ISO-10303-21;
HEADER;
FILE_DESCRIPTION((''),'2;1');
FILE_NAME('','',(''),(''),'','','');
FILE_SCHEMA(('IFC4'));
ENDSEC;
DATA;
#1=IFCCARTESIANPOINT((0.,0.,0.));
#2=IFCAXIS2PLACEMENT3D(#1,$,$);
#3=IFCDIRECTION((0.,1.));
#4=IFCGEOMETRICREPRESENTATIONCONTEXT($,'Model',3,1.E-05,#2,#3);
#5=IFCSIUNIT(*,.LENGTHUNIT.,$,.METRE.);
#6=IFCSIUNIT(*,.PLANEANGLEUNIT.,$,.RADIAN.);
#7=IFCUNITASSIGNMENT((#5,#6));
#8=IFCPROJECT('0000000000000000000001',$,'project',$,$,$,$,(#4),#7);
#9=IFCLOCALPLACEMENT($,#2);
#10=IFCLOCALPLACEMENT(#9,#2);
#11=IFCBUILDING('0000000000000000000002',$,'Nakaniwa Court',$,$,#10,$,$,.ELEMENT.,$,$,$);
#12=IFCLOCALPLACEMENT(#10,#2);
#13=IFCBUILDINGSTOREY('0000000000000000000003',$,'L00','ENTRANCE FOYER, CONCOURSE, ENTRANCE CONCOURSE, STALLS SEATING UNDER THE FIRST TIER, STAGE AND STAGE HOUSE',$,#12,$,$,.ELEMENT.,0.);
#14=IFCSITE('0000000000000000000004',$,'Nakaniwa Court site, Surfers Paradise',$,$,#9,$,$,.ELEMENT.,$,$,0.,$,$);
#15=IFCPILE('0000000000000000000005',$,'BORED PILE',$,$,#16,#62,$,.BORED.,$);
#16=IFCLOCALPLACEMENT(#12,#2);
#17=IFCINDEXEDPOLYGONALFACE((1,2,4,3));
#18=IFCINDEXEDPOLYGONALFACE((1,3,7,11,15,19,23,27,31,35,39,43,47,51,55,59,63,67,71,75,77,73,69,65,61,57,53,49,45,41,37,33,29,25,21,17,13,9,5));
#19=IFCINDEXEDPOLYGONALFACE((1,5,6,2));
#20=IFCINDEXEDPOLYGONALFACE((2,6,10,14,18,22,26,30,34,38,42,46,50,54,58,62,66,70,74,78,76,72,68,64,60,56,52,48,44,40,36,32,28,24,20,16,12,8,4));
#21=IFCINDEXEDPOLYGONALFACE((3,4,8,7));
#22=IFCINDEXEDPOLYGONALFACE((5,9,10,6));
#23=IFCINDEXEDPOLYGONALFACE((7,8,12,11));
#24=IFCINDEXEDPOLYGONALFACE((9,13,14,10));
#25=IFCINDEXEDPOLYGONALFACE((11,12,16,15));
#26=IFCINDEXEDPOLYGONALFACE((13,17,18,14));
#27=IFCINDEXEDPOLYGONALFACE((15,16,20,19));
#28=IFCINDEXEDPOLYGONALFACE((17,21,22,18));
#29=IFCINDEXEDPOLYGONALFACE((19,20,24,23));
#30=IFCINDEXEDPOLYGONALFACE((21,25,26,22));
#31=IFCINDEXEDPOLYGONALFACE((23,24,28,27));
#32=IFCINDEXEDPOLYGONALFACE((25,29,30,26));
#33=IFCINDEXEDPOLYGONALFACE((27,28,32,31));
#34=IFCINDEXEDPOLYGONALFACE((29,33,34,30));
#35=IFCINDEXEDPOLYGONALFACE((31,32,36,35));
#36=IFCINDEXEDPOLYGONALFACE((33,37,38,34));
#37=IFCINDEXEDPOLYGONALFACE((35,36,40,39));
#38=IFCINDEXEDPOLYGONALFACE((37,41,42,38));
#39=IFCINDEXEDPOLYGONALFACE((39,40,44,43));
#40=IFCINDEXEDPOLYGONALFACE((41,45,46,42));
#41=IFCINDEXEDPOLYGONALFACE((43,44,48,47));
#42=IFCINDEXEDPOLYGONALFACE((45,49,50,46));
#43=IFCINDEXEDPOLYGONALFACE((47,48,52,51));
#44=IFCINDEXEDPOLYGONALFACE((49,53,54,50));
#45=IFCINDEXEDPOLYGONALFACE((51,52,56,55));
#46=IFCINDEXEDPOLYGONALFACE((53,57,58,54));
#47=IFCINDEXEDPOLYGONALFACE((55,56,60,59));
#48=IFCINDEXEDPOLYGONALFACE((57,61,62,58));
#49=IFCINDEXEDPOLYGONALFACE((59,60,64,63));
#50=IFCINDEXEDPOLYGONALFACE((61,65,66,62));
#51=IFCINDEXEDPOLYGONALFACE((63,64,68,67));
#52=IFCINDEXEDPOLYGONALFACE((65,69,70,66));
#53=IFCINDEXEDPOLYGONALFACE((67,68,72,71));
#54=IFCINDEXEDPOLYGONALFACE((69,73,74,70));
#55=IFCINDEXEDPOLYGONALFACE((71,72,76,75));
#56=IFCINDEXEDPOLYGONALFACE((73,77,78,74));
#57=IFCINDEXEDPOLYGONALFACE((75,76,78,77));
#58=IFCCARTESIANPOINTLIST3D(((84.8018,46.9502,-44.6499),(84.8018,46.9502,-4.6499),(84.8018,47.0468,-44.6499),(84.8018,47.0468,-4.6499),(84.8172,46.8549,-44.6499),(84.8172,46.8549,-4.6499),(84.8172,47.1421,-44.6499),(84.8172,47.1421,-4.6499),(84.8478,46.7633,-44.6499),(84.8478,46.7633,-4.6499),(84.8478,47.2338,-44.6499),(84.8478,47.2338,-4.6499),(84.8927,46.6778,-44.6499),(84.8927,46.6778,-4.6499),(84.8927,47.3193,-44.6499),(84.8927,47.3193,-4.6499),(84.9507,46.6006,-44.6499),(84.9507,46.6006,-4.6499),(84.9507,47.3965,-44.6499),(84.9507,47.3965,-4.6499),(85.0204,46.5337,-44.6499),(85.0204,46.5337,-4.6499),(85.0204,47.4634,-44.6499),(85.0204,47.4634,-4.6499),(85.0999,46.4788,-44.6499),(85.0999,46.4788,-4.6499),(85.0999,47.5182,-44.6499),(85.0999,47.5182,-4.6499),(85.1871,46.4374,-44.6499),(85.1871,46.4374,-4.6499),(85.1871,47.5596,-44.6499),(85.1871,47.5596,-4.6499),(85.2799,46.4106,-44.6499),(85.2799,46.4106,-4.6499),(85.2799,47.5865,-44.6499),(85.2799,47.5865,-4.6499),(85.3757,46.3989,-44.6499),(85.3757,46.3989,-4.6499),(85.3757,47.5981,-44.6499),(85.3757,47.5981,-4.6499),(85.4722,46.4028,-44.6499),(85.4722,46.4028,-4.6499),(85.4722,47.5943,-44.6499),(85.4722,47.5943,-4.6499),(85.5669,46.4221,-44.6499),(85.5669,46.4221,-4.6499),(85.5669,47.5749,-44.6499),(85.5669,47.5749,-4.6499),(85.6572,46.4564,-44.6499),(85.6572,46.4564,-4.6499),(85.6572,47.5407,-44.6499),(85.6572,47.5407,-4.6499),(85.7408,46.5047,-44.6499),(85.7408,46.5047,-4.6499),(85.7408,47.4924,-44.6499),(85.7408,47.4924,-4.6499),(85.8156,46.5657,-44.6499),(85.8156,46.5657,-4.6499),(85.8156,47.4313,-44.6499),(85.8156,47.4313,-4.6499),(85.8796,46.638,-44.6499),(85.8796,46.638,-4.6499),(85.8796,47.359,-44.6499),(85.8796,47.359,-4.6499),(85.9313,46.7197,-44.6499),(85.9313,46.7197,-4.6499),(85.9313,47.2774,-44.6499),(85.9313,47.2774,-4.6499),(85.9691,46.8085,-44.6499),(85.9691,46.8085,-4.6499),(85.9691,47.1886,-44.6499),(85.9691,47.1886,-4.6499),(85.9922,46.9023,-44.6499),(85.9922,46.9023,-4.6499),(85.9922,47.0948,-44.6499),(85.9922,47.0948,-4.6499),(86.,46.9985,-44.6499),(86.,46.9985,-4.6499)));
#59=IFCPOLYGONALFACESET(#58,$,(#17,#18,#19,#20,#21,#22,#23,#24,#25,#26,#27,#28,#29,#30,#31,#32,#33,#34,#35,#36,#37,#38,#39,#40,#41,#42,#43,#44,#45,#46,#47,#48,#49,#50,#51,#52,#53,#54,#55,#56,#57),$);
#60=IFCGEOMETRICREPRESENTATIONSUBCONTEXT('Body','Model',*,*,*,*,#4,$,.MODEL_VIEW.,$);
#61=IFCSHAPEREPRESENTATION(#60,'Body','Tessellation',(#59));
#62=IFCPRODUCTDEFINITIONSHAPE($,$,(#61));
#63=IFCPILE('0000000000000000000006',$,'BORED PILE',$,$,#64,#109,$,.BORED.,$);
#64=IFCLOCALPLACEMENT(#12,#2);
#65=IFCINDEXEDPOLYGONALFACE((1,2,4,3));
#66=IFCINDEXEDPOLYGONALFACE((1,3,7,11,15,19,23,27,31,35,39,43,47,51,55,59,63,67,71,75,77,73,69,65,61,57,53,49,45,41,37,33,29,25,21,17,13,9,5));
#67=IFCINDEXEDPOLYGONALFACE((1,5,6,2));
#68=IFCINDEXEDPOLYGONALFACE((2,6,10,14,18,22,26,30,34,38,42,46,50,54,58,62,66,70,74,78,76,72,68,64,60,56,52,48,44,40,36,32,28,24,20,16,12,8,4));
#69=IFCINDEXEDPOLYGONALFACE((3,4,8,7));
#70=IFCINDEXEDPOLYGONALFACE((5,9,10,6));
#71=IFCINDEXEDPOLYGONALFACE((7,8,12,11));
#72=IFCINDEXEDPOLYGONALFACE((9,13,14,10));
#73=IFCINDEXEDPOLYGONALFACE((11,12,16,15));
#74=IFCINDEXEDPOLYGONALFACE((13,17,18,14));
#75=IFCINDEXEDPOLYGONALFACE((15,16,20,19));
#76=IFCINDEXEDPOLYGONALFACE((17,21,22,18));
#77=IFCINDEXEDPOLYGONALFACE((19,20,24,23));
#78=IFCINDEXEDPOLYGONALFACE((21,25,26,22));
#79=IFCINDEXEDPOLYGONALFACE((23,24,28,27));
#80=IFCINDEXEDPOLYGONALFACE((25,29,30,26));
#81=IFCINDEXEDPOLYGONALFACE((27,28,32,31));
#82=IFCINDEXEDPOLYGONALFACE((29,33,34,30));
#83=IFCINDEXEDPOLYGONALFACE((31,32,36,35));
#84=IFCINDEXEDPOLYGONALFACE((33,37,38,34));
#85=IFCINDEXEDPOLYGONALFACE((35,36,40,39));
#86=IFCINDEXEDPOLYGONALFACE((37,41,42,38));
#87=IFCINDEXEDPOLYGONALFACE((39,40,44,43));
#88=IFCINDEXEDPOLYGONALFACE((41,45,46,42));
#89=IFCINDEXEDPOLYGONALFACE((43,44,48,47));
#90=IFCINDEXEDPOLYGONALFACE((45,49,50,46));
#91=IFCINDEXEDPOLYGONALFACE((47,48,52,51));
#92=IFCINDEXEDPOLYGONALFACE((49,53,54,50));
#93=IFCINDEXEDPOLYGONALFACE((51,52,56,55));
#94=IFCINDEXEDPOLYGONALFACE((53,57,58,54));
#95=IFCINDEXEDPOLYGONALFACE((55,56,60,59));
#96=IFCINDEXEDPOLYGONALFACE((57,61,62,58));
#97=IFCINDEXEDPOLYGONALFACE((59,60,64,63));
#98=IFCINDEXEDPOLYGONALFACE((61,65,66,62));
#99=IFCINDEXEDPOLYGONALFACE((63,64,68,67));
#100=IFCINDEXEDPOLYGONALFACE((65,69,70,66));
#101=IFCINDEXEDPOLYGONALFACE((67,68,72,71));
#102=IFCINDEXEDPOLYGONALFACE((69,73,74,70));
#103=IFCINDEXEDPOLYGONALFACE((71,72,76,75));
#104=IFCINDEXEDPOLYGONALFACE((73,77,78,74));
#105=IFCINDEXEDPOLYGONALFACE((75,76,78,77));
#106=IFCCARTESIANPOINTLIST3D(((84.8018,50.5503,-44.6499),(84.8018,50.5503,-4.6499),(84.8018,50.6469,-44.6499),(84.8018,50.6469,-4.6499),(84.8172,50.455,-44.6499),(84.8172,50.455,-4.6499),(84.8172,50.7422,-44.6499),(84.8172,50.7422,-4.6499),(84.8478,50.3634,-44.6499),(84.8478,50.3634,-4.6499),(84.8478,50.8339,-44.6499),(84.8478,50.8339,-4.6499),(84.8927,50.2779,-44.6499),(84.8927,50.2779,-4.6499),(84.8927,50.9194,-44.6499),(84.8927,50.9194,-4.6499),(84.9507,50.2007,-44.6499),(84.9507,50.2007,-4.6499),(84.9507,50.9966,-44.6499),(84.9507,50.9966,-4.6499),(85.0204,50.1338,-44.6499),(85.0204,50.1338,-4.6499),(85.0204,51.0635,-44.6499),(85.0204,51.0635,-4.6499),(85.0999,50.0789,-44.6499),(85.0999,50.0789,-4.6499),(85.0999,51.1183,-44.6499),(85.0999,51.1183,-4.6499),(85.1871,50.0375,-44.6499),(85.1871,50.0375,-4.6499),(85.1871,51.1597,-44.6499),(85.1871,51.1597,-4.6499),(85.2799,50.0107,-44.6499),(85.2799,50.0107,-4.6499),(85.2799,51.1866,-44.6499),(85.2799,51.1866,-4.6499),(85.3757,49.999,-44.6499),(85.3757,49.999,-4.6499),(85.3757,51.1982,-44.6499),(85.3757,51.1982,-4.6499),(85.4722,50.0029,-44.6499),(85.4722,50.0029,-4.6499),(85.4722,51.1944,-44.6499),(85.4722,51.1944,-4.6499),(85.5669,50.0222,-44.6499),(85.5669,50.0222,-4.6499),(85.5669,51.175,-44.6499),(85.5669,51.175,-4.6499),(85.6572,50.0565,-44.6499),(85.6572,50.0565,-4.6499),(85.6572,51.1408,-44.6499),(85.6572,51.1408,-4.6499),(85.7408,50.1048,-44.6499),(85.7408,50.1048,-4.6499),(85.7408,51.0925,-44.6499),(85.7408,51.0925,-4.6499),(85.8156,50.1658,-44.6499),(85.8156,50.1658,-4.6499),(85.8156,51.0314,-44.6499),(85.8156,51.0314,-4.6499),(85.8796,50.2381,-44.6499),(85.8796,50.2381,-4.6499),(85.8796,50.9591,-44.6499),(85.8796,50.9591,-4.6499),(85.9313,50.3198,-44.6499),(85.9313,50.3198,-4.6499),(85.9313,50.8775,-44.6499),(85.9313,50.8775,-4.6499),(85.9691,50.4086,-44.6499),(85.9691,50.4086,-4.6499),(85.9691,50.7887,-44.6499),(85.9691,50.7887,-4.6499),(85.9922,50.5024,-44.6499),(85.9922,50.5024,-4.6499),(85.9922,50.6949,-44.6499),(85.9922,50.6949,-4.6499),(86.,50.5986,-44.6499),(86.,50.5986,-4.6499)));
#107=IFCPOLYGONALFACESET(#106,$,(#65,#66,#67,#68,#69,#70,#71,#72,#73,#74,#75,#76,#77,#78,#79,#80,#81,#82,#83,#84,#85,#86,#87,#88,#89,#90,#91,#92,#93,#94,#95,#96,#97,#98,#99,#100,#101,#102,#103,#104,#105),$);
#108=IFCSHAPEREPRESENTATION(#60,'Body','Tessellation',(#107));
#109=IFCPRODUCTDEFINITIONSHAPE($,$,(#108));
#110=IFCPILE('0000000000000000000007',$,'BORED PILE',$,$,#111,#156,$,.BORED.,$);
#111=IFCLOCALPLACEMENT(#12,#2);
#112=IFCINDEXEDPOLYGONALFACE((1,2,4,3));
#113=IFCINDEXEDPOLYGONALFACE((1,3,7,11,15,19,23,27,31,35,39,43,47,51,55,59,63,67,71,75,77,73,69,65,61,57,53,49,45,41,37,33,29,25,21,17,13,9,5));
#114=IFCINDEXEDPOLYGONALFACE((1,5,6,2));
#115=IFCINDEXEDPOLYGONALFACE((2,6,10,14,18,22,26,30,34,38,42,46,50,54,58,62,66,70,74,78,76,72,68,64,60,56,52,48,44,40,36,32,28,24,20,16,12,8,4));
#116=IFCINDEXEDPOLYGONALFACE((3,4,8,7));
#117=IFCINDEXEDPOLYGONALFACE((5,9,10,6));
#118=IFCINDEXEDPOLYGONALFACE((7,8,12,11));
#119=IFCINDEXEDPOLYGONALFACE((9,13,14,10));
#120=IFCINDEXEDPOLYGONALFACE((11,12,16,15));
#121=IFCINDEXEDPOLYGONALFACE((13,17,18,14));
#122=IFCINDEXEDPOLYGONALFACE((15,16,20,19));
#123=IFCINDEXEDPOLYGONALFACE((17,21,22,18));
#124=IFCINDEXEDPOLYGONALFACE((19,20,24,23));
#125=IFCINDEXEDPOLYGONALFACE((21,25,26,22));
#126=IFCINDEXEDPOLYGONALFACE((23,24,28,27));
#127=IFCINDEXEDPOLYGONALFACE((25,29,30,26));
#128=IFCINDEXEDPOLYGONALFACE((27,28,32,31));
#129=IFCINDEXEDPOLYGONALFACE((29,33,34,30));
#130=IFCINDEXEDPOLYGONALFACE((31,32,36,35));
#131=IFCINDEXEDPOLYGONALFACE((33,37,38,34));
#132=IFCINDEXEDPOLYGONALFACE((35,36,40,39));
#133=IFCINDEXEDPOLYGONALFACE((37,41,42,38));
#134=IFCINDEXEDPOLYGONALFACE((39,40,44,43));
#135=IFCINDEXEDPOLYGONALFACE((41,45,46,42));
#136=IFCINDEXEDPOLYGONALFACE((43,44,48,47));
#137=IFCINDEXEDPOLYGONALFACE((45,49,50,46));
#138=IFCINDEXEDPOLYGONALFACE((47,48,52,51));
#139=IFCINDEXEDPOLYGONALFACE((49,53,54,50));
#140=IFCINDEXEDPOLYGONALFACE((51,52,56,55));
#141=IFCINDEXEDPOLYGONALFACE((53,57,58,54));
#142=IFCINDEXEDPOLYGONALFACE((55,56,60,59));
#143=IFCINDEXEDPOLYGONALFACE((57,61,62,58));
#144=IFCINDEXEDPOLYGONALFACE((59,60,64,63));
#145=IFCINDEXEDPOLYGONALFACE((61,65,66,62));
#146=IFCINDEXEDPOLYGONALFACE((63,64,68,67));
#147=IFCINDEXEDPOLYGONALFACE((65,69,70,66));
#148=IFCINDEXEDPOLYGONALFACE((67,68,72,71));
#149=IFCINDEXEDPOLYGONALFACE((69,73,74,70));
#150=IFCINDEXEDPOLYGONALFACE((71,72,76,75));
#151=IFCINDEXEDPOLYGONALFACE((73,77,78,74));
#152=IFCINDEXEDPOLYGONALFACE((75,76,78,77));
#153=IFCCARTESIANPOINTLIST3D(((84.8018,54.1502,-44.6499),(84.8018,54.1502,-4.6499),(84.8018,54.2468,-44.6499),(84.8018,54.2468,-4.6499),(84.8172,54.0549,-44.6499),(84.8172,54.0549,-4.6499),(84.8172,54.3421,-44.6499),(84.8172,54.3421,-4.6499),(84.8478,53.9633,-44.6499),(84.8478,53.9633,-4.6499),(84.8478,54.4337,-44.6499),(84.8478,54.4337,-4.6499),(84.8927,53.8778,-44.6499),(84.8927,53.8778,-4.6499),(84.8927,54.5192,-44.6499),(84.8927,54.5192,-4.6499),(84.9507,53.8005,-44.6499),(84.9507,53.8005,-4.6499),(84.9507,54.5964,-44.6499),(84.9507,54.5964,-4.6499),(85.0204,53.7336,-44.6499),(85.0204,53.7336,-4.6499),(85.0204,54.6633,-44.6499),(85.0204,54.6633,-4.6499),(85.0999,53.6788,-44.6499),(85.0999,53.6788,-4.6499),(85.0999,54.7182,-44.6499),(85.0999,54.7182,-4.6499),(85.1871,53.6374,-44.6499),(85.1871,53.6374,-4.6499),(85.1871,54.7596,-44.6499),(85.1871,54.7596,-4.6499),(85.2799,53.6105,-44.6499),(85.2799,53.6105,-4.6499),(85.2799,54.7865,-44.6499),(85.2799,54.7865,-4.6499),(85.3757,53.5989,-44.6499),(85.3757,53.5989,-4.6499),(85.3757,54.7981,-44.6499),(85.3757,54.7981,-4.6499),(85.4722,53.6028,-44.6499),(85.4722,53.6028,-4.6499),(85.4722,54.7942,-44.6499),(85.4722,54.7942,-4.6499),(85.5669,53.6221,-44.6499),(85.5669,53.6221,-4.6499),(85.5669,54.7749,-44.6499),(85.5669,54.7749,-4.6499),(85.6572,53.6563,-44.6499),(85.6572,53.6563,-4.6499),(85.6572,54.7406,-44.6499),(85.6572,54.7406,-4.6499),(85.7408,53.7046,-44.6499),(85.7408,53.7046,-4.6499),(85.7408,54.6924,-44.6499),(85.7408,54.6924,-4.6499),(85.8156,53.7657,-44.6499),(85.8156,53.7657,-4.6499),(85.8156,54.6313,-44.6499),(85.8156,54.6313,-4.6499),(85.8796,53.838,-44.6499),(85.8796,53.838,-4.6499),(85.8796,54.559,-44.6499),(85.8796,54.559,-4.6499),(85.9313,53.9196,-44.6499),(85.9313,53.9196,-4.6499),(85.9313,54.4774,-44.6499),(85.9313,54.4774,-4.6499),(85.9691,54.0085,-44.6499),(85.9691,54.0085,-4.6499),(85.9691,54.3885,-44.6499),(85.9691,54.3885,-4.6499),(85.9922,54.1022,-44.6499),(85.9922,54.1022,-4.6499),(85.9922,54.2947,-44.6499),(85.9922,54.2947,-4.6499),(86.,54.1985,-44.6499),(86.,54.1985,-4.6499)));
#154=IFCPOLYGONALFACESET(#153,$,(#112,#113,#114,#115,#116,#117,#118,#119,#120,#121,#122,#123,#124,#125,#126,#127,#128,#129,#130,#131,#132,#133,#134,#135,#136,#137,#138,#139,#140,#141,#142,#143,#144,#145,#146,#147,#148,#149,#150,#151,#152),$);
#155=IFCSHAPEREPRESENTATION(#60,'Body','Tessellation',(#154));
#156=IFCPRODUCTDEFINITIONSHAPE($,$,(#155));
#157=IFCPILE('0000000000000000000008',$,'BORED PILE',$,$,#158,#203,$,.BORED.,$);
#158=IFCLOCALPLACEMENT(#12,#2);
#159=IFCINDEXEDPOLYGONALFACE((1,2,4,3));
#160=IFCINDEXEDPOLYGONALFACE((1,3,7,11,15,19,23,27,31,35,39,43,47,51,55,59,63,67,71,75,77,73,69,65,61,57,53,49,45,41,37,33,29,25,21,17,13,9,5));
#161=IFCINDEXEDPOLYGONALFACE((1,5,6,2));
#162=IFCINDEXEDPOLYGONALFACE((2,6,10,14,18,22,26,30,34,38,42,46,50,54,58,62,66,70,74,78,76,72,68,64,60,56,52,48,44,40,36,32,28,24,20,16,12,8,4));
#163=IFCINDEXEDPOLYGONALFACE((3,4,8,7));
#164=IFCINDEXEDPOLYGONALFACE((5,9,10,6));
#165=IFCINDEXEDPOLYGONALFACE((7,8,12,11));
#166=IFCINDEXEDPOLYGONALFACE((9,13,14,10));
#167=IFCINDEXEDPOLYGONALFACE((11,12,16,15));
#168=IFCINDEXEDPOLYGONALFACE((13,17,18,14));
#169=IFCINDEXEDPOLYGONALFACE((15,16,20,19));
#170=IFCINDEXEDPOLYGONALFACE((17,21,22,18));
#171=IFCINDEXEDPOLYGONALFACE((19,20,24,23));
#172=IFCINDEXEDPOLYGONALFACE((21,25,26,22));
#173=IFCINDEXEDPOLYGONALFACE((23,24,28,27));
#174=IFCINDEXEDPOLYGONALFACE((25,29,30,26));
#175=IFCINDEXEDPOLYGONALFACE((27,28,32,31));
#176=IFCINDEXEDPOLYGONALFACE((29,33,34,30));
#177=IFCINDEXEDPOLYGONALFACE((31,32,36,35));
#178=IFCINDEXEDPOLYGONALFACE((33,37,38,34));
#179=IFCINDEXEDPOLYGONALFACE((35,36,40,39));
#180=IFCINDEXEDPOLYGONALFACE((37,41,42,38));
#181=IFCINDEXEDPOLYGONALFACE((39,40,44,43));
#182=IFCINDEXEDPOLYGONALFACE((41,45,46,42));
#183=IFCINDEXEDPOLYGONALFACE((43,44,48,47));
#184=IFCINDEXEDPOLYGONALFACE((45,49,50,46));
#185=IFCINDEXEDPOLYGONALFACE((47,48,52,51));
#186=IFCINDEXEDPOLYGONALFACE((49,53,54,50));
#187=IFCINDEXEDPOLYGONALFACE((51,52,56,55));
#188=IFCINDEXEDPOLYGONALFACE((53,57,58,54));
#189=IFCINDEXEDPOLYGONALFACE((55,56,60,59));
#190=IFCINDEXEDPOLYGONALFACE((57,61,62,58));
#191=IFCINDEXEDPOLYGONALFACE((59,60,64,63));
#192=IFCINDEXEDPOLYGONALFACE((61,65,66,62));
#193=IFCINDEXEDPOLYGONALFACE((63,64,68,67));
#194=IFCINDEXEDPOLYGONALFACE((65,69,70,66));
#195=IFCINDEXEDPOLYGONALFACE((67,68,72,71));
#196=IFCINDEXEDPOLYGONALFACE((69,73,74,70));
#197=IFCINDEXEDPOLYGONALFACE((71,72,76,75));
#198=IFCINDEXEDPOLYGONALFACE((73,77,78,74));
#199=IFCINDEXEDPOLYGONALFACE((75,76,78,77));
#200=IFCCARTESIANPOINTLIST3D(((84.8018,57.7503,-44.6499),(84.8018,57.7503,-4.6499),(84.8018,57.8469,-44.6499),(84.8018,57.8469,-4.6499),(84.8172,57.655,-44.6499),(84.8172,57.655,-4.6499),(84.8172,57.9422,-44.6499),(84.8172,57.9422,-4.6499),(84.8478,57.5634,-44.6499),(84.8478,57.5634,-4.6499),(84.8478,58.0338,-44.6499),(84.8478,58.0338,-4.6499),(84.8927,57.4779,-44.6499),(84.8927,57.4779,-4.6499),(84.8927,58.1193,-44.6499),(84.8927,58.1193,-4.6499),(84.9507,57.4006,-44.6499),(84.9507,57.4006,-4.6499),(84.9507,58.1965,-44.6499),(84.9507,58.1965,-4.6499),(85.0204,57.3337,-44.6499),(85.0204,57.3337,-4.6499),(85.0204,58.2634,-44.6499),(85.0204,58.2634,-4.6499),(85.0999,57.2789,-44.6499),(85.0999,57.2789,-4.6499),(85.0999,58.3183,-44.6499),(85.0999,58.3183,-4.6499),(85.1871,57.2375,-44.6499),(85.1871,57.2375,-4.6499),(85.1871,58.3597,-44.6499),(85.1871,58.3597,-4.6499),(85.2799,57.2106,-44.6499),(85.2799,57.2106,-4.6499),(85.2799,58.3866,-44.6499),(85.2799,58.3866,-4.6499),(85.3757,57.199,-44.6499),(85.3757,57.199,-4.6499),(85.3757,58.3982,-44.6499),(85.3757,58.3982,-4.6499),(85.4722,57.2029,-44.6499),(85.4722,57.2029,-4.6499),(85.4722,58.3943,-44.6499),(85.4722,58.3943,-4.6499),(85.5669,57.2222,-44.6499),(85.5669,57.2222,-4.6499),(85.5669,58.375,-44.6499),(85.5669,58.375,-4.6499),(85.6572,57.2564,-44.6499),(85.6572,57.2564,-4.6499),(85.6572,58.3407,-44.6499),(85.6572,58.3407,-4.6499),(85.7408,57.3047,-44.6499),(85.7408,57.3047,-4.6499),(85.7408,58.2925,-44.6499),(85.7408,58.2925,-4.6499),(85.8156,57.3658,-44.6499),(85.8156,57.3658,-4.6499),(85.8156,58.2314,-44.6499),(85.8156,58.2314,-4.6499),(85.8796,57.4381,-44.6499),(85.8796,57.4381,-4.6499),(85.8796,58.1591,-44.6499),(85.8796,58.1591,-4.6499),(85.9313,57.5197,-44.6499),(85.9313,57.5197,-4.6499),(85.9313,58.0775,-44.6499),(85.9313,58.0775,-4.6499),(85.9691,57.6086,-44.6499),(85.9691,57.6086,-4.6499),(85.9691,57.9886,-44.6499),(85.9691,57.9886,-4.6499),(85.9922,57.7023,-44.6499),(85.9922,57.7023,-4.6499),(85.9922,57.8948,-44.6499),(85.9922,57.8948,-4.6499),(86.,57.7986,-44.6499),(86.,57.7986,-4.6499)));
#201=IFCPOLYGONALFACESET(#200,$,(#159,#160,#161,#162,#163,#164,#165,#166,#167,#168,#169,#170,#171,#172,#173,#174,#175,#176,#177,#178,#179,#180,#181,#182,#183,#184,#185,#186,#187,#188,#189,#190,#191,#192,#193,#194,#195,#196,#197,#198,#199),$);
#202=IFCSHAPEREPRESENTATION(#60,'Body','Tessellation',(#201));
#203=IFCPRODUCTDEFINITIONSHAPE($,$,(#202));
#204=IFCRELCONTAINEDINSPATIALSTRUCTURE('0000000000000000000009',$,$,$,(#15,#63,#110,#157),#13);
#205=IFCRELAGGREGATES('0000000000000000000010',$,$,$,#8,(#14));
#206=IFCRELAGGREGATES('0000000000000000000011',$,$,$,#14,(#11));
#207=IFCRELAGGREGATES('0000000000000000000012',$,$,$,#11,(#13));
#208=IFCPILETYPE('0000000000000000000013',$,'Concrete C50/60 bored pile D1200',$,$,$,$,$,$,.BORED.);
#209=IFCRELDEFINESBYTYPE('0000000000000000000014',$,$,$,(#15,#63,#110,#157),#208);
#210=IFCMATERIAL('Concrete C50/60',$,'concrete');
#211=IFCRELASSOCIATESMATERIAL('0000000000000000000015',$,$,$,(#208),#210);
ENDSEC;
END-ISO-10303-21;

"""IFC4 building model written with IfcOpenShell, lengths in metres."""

from ifc_helpers import new_model, si_unit, direction, frame, origin, origin_2d, place, context, subcontext, project, spatial, circle, extrude, material, material_profile, profile_set, type_object, element, save


model = new_model("IFC4")

# Units and contexts
model_context = context("Model", 3, precision=1e-05, world=origin(), true_north=direction((0.0, 1.0)))
body_context = subcontext(model_context, "Body", "Model", "MODEL_VIEW")
ifc_project = project(units=[si_unit("LENGTHUNIT", "METRE"), si_unit("PLANEANGLEUNIT", "RADIAN")], contexts=[model_context])

# Site, building, storey
site_placement = place(None, origin())
site = spatial("IfcSite", under=ifc_project, at=site_placement, Name="Nakaniwa Court site, Surfers Paradise", CompositionType="ELEMENT", RefElevation=0.0)
building_placement = place(site_placement, origin())
building = spatial("IfcBuilding", under=site, at=building_placement, Name="Nakaniwa Court", CompositionType="ELEMENT")
storey_placement = place(building_placement, origin())
storey = spatial("IfcBuildingStorey", under=building, at=storey_placement, Name="L00", Description="ENTRANCE FOYER, CONCOURSE, ENTRANCE CONCOURSE, STALLS SEATING UNDER THE FIRST TIER, STAGE AND STAGE HOUSE", CompositionType="ELEMENT", Elevation=0.0)

# Piles
ifc_material_1 = material(Name="Concrete C50/60", Category="concrete")
ifc_material_profile_1 = material_profile(ifc_material_1, circle(Radius=0.6001, at=origin_2d()), Name="Concrete C50/60 bored pile D1200")
ifc_profile_set_1 = profile_set([ifc_material_profile_1], Name="Concrete C50/60")
pile_type = type_object("IfcPileType", Name="Concrete C50/60 bored pile D1200", PredefinedType="BORED", material=ifc_profile_set_1)
for number, where, z_axis, x_axis, name in (
    (1, (85.3999, 46.9985, -4.6499), (0.0, 0.0, -1.0), (1.0, 0.0, 0.0), "BORED PILE"),
    (2, (85.3999, 50.5986, -4.6499), (0.0, 0.0, -1.0), (1.0, 0.0, 0.0), "BORED PILE"),
    (3, (85.3999, 54.1985, -4.6499), (0.0, 0.0, -1.0), (1.0, 0.0, 0.0), "BORED PILE"),
    (4, (85.3999, 57.7986, -4.6499), (0.0, 0.0, -1.0), (1.0, 0.0, 0.0), "BORED PILE"),
):
    element("IfcPile", number, at=place(storey_placement, frame(where, z_axis=z_axis, x_axis=x_axis)), inside=storey, type_object=pile_type, Name=name, PredefinedType="BORED", context=body_context, shape_type="SweptSolid", body=[
        extrude(circle(Radius=0.6001, at=origin_2d()), origin(), (0.0, 0.0, 1.0), 40.0),
    ])

save(model, "model.ifc")
